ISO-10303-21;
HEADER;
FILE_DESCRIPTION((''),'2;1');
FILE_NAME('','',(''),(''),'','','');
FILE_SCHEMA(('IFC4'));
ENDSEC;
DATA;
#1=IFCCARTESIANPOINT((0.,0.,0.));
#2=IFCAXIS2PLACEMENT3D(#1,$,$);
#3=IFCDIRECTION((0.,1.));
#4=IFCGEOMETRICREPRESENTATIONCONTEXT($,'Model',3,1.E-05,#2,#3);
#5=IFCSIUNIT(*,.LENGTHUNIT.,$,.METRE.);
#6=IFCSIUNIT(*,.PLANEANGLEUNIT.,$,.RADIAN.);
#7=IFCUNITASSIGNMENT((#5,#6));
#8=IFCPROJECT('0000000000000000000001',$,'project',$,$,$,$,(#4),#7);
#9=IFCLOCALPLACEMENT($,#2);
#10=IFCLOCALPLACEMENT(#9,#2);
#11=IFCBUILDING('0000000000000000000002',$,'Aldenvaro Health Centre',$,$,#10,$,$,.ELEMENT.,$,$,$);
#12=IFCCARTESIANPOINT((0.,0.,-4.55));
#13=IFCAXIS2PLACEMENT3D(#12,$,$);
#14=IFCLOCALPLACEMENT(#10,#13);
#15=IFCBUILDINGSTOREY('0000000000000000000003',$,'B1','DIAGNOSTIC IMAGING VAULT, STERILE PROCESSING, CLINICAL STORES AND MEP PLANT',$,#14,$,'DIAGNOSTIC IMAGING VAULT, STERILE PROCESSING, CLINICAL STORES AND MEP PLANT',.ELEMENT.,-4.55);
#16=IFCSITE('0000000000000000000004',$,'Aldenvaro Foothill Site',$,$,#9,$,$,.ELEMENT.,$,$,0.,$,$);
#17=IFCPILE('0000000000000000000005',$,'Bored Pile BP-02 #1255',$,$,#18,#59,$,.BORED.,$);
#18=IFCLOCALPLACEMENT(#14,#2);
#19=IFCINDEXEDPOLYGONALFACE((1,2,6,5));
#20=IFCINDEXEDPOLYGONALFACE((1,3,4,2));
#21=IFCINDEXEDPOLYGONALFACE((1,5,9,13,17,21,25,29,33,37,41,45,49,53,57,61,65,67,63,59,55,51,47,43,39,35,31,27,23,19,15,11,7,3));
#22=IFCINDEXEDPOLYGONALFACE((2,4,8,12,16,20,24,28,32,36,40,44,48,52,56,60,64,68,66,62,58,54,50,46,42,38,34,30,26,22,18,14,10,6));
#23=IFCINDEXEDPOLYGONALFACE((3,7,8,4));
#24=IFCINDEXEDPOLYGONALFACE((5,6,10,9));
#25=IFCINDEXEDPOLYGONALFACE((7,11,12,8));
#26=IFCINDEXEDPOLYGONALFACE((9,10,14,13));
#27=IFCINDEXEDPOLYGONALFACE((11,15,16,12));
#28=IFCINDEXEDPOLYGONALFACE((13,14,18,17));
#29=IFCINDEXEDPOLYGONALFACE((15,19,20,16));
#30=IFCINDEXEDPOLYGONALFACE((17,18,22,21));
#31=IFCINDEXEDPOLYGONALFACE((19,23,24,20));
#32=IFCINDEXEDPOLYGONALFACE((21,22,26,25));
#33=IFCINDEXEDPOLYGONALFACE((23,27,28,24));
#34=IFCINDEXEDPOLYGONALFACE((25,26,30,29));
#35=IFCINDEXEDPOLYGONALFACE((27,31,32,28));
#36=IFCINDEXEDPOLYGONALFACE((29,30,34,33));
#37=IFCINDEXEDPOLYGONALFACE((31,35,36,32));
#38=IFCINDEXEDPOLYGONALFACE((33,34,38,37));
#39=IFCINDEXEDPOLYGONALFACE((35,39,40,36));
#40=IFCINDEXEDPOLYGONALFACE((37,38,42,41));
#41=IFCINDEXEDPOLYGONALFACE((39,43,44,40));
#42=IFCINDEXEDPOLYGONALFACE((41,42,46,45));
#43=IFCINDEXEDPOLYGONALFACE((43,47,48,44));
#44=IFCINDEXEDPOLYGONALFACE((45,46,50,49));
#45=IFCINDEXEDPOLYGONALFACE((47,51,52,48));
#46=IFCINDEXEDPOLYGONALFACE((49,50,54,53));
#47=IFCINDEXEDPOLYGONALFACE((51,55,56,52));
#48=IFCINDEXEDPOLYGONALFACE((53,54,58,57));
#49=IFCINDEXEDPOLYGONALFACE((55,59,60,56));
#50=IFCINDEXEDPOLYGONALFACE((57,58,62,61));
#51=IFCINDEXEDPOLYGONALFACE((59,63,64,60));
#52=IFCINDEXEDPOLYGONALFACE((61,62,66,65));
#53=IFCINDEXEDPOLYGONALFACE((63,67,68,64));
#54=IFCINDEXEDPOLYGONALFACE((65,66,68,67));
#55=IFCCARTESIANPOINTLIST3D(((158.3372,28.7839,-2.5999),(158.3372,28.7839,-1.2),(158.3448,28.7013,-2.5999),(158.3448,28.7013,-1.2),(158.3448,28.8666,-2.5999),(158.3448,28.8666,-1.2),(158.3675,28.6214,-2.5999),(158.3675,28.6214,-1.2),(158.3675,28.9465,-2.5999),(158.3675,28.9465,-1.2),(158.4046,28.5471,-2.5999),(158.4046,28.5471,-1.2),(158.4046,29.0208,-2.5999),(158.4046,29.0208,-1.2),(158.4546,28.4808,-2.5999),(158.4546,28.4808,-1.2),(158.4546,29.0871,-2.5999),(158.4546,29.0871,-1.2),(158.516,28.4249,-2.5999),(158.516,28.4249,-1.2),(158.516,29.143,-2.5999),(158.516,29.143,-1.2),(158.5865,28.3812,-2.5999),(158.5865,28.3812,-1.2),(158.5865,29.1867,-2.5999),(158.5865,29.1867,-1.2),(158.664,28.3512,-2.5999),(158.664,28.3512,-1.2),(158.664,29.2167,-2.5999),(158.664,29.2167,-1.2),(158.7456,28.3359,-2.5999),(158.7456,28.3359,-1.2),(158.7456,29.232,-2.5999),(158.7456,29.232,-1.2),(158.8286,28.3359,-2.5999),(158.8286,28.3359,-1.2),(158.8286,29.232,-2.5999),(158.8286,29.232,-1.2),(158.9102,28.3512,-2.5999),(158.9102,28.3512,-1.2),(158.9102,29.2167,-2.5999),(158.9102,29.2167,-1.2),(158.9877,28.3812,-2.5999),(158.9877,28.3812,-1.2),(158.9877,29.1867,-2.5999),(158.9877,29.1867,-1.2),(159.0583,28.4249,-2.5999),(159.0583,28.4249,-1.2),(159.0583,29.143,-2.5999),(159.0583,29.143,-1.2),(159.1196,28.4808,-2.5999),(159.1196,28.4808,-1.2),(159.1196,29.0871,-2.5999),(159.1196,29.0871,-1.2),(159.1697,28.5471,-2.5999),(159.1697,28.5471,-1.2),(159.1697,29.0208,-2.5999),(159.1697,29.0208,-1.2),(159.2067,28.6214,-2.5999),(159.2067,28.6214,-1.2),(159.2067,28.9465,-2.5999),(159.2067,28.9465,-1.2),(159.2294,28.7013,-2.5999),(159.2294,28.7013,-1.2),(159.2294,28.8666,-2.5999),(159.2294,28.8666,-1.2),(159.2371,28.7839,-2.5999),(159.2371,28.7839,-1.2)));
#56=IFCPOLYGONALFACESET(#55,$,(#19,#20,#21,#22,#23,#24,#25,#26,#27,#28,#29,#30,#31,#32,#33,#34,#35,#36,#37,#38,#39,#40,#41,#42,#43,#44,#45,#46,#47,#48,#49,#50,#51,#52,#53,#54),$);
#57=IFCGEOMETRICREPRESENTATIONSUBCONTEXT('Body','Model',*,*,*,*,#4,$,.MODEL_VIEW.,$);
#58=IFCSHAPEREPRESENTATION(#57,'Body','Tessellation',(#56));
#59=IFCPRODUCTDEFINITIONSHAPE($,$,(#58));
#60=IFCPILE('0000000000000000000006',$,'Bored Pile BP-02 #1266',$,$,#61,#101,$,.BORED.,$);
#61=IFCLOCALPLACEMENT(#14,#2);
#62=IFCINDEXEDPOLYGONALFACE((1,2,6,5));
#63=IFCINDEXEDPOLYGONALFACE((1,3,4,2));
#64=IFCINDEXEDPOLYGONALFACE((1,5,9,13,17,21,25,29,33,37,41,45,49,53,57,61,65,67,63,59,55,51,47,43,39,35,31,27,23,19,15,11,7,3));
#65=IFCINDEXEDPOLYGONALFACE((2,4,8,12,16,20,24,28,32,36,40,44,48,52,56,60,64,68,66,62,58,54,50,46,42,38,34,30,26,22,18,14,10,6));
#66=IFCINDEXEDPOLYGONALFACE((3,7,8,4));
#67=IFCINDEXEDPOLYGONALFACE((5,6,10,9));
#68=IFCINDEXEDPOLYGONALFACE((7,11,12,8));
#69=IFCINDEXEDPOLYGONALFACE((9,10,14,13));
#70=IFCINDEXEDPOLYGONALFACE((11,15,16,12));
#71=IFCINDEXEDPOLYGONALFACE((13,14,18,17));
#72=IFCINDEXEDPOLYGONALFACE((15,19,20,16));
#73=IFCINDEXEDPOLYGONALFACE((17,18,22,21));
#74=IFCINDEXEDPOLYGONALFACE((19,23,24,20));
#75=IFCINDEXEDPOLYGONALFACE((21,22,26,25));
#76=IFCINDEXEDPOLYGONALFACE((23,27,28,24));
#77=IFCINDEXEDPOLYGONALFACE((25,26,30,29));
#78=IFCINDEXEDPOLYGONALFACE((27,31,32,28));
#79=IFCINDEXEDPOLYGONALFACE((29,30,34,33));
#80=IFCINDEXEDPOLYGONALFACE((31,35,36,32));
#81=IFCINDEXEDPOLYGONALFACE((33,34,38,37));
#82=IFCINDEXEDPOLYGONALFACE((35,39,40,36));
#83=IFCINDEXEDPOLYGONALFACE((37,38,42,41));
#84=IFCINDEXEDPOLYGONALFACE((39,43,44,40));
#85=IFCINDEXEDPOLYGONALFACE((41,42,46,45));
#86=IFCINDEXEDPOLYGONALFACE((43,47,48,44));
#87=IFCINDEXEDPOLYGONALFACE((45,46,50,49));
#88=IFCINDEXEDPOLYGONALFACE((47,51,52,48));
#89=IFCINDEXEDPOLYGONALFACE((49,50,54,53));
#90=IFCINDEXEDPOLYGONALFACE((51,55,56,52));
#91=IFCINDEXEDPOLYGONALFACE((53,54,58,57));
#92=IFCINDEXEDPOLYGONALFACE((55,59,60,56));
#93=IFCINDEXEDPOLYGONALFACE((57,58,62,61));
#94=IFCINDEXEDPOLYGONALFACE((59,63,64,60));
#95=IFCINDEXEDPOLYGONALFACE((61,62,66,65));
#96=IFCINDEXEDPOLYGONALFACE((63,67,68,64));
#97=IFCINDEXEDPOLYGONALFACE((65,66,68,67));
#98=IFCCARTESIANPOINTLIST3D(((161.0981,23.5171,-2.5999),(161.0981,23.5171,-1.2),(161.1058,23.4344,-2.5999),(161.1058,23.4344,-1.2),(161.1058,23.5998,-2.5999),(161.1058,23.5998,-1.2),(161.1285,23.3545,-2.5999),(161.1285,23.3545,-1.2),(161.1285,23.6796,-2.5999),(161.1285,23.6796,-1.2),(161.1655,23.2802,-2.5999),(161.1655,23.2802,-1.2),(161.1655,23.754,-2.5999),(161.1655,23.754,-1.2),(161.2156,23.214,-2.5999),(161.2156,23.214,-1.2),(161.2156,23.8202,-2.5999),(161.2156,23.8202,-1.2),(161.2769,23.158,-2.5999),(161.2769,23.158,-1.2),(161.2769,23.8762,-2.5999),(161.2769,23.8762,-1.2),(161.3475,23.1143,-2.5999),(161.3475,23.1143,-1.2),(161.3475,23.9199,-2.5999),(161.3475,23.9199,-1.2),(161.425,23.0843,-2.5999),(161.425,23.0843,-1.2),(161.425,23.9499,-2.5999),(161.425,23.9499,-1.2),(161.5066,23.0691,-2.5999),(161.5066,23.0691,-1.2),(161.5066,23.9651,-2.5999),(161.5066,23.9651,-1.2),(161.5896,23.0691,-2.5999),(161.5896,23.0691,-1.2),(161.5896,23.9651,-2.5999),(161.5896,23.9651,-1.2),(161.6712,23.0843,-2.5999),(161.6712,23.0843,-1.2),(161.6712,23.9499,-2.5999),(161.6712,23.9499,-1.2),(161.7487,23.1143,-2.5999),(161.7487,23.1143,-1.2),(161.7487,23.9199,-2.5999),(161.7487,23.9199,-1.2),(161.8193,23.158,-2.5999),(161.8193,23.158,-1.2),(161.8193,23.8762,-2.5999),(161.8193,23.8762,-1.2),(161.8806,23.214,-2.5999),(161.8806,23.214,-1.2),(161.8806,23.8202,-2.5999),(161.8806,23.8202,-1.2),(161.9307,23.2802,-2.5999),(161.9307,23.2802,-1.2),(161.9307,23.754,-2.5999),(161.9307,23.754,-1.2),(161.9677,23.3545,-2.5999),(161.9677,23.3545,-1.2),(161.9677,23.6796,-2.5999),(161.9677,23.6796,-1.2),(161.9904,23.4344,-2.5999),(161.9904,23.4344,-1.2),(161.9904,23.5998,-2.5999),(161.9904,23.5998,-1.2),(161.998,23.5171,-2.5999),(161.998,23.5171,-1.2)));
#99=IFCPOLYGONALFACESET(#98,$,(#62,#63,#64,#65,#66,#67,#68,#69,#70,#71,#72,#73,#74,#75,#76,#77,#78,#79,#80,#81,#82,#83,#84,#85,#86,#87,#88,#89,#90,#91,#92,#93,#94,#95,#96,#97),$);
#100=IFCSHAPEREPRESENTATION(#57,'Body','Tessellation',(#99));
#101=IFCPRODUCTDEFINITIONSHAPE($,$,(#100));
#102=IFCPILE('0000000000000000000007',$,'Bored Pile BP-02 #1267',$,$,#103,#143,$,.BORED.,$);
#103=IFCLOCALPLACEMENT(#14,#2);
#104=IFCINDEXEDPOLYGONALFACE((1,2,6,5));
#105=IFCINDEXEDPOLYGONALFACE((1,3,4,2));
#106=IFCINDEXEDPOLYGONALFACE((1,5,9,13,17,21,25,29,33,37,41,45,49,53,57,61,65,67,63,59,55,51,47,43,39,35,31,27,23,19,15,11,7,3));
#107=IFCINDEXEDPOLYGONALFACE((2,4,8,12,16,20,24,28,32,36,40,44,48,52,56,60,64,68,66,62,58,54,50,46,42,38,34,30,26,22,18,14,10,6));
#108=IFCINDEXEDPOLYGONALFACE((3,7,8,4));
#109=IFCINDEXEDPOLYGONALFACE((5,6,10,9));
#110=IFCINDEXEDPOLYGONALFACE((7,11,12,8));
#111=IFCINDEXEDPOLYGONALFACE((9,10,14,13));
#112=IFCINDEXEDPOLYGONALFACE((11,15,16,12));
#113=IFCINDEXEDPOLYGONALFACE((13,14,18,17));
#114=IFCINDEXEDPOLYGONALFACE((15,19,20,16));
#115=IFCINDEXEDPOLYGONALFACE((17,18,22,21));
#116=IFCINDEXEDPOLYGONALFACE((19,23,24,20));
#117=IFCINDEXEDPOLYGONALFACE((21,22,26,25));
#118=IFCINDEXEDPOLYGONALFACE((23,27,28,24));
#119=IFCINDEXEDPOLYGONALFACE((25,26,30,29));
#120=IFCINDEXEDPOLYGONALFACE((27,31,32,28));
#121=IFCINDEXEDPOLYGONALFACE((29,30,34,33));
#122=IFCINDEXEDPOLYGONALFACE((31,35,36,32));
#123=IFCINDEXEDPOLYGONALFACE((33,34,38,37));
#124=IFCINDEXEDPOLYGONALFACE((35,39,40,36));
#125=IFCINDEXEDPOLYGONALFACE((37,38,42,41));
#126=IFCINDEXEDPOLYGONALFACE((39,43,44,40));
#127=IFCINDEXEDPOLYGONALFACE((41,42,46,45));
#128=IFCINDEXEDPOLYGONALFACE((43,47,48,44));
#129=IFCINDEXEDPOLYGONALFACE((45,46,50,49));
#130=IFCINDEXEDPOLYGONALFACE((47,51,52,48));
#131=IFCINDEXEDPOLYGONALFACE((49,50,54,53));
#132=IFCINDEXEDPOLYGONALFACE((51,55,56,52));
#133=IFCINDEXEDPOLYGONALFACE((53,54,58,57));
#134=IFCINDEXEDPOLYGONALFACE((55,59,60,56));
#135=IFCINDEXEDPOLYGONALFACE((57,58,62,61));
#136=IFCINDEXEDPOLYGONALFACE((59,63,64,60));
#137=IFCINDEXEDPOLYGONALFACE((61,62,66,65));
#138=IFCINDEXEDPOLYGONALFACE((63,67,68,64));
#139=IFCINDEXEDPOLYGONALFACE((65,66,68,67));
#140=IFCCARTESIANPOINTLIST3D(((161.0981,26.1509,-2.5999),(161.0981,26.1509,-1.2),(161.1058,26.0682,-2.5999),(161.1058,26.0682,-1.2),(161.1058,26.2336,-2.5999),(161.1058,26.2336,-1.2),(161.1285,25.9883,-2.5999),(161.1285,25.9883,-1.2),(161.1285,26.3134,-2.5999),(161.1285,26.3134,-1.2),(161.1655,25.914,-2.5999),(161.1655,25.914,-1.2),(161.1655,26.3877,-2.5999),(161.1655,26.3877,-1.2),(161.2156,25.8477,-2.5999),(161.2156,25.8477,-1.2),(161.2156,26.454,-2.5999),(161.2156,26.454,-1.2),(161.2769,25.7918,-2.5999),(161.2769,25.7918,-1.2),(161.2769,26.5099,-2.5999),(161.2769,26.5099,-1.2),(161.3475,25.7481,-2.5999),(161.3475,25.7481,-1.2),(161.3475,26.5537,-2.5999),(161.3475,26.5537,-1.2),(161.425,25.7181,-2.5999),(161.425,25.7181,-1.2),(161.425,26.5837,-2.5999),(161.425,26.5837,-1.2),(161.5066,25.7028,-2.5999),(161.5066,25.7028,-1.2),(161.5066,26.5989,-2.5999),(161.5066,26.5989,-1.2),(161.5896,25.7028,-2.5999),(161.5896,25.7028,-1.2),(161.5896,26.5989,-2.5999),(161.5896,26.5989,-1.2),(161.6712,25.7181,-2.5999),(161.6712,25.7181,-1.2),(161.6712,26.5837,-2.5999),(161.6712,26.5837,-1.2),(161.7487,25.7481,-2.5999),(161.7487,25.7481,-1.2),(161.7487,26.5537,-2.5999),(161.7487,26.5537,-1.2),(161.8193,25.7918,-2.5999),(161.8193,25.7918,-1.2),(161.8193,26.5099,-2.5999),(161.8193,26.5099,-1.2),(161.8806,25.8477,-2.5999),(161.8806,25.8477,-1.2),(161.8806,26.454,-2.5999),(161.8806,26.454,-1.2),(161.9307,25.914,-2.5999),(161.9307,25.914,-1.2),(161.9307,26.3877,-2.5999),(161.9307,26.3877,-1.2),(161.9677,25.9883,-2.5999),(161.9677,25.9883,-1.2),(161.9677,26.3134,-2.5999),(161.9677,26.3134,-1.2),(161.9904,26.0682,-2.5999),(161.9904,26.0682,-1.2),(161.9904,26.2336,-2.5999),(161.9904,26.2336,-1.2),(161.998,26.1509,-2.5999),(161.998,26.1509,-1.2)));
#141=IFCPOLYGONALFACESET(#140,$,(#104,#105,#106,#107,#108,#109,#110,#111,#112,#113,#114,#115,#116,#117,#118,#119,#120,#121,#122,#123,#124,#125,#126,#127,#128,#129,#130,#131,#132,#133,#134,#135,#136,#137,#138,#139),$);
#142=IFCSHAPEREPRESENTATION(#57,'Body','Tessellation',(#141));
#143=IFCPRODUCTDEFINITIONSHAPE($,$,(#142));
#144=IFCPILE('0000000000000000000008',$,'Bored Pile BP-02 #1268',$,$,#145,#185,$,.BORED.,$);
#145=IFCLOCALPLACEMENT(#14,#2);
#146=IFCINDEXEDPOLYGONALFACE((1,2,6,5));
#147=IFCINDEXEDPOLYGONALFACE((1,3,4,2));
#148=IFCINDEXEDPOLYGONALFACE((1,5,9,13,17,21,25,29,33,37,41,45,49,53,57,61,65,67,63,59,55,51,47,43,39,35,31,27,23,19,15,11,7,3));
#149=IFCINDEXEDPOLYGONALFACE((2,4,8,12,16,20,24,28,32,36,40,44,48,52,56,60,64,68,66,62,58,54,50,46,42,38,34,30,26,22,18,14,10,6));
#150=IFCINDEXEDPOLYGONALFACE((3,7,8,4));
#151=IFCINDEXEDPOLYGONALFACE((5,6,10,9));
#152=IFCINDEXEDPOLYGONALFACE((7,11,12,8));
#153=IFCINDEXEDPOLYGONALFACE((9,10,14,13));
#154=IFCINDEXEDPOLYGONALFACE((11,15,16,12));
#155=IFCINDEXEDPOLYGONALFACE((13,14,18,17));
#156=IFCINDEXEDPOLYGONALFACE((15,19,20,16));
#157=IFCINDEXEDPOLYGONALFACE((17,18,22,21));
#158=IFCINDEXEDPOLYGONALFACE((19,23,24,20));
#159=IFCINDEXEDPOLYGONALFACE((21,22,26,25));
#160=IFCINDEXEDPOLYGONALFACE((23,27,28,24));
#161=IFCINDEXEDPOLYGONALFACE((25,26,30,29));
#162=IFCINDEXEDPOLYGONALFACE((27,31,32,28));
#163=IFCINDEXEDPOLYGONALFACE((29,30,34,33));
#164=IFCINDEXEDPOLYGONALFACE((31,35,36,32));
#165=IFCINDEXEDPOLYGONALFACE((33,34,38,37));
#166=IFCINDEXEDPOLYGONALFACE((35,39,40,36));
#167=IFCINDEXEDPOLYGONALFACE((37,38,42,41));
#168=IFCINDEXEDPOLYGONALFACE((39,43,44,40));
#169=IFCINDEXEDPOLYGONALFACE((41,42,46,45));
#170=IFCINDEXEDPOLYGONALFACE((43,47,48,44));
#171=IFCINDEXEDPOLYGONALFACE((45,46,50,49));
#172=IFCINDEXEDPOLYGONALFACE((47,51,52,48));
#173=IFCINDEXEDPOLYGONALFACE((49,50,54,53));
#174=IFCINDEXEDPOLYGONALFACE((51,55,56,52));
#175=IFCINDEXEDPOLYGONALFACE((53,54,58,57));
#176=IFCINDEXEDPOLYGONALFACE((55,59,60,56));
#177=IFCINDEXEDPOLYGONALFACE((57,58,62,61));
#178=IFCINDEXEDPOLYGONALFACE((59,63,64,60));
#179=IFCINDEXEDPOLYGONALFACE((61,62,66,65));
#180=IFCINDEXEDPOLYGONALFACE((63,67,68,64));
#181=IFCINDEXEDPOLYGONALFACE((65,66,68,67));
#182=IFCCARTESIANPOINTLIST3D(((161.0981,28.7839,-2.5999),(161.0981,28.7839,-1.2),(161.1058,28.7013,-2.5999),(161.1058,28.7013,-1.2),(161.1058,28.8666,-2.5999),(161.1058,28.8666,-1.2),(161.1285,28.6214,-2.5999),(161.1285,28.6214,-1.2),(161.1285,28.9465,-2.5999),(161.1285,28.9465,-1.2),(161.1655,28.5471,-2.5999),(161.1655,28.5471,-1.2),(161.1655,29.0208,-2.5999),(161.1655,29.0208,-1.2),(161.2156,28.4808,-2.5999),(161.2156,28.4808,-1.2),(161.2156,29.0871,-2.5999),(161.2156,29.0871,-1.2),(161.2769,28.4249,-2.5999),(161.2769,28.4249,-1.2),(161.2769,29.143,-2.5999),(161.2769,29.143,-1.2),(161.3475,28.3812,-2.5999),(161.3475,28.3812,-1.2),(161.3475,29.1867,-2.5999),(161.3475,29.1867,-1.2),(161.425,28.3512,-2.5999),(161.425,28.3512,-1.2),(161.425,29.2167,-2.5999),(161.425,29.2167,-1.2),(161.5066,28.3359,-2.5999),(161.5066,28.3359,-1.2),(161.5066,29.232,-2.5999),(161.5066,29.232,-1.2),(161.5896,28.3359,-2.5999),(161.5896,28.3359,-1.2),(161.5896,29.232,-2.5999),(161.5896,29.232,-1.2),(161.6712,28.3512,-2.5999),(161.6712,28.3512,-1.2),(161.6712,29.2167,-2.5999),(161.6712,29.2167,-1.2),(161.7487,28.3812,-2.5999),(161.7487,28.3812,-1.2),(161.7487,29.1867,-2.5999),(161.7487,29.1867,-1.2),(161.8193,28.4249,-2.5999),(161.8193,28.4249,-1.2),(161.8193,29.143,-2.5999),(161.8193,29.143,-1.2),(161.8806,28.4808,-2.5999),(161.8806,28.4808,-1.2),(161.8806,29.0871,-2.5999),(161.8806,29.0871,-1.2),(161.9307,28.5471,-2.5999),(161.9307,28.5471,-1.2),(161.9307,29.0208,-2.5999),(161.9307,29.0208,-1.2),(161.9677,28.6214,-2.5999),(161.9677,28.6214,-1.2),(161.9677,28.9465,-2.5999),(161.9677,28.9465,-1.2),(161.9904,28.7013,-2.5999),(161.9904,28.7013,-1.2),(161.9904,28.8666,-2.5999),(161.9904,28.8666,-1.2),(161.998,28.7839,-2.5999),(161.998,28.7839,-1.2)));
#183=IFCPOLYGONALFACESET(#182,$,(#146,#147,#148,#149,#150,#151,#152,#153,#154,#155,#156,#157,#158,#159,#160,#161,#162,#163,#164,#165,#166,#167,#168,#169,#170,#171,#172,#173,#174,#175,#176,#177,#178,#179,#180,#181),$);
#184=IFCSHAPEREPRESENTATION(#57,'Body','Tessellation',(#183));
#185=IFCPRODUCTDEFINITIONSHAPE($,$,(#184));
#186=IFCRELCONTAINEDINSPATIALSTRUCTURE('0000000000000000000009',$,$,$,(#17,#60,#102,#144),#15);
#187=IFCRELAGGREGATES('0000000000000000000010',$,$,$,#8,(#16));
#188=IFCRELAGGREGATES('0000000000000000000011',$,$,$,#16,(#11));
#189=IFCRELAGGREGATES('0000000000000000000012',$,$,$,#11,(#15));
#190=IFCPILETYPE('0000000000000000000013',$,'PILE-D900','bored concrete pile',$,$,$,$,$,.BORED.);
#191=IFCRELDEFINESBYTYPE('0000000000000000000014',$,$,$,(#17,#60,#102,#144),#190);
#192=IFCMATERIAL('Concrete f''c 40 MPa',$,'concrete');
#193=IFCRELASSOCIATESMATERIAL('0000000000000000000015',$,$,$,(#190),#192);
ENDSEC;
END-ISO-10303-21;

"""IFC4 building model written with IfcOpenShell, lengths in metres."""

from ifc_helpers import new_model, si_unit, direction, frame, origin, origin_2d, place, context, subcontext, project, spatial, circle, extrude, material, material_profile, profile_set, type_object, element, save


model = new_model("IFC4")

# Units and contexts
model_context = context("Model", 3, precision=1e-05, world=origin(), true_north=direction((0.0, 1.0)))
body_context = subcontext(model_context, "Body", "Model", "MODEL_VIEW")
ifc_project = project(units=[si_unit("LENGTHUNIT", "METRE"), si_unit("PLANEANGLEUNIT", "RADIAN")], contexts=[model_context])

# Site, building, storey
site_placement = place(None, origin())
site = spatial("IfcSite", under=ifc_project, at=site_placement, Name="Aldenvaro Foothill Site", CompositionType="ELEMENT", RefElevation=0.0)
building_placement = place(site_placement, origin())
building = spatial("IfcBuilding", under=site, at=building_placement, Name="Aldenvaro Health Centre", CompositionType="ELEMENT")
storey_placement = place(building_placement, frame((0.0, 0.0, -4.55)))
storey = spatial("IfcBuildingStorey", under=building, at=storey_placement, Name="B1", Description="DIAGNOSTIC IMAGING VAULT, STERILE PROCESSING, CLINICAL STORES AND MEP PLANT", LongName="DIAGNOSTIC IMAGING VAULT, STERILE PROCESSING, CLINICAL STORES AND MEP PLANT", CompositionType="ELEMENT", Elevation=-4.55)

# Piles
ifc_material_1 = material(Name="Concrete f'c 40 MPa", Category="concrete")
ifc_material_profile_1 = material_profile(ifc_material_1, circle(Radius=0.45, at=origin_2d()), Name="PILE D900", Category="concrete")
ifc_profile_set_1 = profile_set([ifc_material_profile_1], Name="Concrete f'c 40 MPa")
pile_type = type_object("IfcPileType", Name="PILE-D900", Description="bored concrete pile", PredefinedType="BORED", material=ifc_profile_set_1)
for number, where, z_axis, x_axis, name in (
    (1, (158.7871, 28.7839, -1.2), (0.0, 0.0, -1.0), (1.0, 0.0, 0.0), "Bored Pile BP-02 #1255"),
    (2, (161.5481, 23.5171, -1.2), (0.0, 0.0, -1.0), (1.0, 0.0, 0.0), "Bored Pile BP-02 #1266"),
    (3, (161.5481, 26.1509, -1.2), (0.0, 0.0, -1.0), (1.0, 0.0, 0.0), "Bored Pile BP-02 #1267"),
    (4, (161.5481, 28.7839, -1.2), (0.0, 0.0, -1.0), (1.0, 0.0, 0.0), "Bored Pile BP-02 #1268"),
):
    element("IfcPile", number, at=place(storey_placement, frame(where, z_axis=z_axis, x_axis=x_axis)), inside=storey, type_object=pile_type, Name=name, PredefinedType="BORED", context=body_context, shape_type="SweptSolid", body=[
        extrude(circle(Radius=0.45, at=origin_2d()), origin(), (0.0, 0.0, 1.0), 1.3999),
    ])

save(model, "model.ifc")
